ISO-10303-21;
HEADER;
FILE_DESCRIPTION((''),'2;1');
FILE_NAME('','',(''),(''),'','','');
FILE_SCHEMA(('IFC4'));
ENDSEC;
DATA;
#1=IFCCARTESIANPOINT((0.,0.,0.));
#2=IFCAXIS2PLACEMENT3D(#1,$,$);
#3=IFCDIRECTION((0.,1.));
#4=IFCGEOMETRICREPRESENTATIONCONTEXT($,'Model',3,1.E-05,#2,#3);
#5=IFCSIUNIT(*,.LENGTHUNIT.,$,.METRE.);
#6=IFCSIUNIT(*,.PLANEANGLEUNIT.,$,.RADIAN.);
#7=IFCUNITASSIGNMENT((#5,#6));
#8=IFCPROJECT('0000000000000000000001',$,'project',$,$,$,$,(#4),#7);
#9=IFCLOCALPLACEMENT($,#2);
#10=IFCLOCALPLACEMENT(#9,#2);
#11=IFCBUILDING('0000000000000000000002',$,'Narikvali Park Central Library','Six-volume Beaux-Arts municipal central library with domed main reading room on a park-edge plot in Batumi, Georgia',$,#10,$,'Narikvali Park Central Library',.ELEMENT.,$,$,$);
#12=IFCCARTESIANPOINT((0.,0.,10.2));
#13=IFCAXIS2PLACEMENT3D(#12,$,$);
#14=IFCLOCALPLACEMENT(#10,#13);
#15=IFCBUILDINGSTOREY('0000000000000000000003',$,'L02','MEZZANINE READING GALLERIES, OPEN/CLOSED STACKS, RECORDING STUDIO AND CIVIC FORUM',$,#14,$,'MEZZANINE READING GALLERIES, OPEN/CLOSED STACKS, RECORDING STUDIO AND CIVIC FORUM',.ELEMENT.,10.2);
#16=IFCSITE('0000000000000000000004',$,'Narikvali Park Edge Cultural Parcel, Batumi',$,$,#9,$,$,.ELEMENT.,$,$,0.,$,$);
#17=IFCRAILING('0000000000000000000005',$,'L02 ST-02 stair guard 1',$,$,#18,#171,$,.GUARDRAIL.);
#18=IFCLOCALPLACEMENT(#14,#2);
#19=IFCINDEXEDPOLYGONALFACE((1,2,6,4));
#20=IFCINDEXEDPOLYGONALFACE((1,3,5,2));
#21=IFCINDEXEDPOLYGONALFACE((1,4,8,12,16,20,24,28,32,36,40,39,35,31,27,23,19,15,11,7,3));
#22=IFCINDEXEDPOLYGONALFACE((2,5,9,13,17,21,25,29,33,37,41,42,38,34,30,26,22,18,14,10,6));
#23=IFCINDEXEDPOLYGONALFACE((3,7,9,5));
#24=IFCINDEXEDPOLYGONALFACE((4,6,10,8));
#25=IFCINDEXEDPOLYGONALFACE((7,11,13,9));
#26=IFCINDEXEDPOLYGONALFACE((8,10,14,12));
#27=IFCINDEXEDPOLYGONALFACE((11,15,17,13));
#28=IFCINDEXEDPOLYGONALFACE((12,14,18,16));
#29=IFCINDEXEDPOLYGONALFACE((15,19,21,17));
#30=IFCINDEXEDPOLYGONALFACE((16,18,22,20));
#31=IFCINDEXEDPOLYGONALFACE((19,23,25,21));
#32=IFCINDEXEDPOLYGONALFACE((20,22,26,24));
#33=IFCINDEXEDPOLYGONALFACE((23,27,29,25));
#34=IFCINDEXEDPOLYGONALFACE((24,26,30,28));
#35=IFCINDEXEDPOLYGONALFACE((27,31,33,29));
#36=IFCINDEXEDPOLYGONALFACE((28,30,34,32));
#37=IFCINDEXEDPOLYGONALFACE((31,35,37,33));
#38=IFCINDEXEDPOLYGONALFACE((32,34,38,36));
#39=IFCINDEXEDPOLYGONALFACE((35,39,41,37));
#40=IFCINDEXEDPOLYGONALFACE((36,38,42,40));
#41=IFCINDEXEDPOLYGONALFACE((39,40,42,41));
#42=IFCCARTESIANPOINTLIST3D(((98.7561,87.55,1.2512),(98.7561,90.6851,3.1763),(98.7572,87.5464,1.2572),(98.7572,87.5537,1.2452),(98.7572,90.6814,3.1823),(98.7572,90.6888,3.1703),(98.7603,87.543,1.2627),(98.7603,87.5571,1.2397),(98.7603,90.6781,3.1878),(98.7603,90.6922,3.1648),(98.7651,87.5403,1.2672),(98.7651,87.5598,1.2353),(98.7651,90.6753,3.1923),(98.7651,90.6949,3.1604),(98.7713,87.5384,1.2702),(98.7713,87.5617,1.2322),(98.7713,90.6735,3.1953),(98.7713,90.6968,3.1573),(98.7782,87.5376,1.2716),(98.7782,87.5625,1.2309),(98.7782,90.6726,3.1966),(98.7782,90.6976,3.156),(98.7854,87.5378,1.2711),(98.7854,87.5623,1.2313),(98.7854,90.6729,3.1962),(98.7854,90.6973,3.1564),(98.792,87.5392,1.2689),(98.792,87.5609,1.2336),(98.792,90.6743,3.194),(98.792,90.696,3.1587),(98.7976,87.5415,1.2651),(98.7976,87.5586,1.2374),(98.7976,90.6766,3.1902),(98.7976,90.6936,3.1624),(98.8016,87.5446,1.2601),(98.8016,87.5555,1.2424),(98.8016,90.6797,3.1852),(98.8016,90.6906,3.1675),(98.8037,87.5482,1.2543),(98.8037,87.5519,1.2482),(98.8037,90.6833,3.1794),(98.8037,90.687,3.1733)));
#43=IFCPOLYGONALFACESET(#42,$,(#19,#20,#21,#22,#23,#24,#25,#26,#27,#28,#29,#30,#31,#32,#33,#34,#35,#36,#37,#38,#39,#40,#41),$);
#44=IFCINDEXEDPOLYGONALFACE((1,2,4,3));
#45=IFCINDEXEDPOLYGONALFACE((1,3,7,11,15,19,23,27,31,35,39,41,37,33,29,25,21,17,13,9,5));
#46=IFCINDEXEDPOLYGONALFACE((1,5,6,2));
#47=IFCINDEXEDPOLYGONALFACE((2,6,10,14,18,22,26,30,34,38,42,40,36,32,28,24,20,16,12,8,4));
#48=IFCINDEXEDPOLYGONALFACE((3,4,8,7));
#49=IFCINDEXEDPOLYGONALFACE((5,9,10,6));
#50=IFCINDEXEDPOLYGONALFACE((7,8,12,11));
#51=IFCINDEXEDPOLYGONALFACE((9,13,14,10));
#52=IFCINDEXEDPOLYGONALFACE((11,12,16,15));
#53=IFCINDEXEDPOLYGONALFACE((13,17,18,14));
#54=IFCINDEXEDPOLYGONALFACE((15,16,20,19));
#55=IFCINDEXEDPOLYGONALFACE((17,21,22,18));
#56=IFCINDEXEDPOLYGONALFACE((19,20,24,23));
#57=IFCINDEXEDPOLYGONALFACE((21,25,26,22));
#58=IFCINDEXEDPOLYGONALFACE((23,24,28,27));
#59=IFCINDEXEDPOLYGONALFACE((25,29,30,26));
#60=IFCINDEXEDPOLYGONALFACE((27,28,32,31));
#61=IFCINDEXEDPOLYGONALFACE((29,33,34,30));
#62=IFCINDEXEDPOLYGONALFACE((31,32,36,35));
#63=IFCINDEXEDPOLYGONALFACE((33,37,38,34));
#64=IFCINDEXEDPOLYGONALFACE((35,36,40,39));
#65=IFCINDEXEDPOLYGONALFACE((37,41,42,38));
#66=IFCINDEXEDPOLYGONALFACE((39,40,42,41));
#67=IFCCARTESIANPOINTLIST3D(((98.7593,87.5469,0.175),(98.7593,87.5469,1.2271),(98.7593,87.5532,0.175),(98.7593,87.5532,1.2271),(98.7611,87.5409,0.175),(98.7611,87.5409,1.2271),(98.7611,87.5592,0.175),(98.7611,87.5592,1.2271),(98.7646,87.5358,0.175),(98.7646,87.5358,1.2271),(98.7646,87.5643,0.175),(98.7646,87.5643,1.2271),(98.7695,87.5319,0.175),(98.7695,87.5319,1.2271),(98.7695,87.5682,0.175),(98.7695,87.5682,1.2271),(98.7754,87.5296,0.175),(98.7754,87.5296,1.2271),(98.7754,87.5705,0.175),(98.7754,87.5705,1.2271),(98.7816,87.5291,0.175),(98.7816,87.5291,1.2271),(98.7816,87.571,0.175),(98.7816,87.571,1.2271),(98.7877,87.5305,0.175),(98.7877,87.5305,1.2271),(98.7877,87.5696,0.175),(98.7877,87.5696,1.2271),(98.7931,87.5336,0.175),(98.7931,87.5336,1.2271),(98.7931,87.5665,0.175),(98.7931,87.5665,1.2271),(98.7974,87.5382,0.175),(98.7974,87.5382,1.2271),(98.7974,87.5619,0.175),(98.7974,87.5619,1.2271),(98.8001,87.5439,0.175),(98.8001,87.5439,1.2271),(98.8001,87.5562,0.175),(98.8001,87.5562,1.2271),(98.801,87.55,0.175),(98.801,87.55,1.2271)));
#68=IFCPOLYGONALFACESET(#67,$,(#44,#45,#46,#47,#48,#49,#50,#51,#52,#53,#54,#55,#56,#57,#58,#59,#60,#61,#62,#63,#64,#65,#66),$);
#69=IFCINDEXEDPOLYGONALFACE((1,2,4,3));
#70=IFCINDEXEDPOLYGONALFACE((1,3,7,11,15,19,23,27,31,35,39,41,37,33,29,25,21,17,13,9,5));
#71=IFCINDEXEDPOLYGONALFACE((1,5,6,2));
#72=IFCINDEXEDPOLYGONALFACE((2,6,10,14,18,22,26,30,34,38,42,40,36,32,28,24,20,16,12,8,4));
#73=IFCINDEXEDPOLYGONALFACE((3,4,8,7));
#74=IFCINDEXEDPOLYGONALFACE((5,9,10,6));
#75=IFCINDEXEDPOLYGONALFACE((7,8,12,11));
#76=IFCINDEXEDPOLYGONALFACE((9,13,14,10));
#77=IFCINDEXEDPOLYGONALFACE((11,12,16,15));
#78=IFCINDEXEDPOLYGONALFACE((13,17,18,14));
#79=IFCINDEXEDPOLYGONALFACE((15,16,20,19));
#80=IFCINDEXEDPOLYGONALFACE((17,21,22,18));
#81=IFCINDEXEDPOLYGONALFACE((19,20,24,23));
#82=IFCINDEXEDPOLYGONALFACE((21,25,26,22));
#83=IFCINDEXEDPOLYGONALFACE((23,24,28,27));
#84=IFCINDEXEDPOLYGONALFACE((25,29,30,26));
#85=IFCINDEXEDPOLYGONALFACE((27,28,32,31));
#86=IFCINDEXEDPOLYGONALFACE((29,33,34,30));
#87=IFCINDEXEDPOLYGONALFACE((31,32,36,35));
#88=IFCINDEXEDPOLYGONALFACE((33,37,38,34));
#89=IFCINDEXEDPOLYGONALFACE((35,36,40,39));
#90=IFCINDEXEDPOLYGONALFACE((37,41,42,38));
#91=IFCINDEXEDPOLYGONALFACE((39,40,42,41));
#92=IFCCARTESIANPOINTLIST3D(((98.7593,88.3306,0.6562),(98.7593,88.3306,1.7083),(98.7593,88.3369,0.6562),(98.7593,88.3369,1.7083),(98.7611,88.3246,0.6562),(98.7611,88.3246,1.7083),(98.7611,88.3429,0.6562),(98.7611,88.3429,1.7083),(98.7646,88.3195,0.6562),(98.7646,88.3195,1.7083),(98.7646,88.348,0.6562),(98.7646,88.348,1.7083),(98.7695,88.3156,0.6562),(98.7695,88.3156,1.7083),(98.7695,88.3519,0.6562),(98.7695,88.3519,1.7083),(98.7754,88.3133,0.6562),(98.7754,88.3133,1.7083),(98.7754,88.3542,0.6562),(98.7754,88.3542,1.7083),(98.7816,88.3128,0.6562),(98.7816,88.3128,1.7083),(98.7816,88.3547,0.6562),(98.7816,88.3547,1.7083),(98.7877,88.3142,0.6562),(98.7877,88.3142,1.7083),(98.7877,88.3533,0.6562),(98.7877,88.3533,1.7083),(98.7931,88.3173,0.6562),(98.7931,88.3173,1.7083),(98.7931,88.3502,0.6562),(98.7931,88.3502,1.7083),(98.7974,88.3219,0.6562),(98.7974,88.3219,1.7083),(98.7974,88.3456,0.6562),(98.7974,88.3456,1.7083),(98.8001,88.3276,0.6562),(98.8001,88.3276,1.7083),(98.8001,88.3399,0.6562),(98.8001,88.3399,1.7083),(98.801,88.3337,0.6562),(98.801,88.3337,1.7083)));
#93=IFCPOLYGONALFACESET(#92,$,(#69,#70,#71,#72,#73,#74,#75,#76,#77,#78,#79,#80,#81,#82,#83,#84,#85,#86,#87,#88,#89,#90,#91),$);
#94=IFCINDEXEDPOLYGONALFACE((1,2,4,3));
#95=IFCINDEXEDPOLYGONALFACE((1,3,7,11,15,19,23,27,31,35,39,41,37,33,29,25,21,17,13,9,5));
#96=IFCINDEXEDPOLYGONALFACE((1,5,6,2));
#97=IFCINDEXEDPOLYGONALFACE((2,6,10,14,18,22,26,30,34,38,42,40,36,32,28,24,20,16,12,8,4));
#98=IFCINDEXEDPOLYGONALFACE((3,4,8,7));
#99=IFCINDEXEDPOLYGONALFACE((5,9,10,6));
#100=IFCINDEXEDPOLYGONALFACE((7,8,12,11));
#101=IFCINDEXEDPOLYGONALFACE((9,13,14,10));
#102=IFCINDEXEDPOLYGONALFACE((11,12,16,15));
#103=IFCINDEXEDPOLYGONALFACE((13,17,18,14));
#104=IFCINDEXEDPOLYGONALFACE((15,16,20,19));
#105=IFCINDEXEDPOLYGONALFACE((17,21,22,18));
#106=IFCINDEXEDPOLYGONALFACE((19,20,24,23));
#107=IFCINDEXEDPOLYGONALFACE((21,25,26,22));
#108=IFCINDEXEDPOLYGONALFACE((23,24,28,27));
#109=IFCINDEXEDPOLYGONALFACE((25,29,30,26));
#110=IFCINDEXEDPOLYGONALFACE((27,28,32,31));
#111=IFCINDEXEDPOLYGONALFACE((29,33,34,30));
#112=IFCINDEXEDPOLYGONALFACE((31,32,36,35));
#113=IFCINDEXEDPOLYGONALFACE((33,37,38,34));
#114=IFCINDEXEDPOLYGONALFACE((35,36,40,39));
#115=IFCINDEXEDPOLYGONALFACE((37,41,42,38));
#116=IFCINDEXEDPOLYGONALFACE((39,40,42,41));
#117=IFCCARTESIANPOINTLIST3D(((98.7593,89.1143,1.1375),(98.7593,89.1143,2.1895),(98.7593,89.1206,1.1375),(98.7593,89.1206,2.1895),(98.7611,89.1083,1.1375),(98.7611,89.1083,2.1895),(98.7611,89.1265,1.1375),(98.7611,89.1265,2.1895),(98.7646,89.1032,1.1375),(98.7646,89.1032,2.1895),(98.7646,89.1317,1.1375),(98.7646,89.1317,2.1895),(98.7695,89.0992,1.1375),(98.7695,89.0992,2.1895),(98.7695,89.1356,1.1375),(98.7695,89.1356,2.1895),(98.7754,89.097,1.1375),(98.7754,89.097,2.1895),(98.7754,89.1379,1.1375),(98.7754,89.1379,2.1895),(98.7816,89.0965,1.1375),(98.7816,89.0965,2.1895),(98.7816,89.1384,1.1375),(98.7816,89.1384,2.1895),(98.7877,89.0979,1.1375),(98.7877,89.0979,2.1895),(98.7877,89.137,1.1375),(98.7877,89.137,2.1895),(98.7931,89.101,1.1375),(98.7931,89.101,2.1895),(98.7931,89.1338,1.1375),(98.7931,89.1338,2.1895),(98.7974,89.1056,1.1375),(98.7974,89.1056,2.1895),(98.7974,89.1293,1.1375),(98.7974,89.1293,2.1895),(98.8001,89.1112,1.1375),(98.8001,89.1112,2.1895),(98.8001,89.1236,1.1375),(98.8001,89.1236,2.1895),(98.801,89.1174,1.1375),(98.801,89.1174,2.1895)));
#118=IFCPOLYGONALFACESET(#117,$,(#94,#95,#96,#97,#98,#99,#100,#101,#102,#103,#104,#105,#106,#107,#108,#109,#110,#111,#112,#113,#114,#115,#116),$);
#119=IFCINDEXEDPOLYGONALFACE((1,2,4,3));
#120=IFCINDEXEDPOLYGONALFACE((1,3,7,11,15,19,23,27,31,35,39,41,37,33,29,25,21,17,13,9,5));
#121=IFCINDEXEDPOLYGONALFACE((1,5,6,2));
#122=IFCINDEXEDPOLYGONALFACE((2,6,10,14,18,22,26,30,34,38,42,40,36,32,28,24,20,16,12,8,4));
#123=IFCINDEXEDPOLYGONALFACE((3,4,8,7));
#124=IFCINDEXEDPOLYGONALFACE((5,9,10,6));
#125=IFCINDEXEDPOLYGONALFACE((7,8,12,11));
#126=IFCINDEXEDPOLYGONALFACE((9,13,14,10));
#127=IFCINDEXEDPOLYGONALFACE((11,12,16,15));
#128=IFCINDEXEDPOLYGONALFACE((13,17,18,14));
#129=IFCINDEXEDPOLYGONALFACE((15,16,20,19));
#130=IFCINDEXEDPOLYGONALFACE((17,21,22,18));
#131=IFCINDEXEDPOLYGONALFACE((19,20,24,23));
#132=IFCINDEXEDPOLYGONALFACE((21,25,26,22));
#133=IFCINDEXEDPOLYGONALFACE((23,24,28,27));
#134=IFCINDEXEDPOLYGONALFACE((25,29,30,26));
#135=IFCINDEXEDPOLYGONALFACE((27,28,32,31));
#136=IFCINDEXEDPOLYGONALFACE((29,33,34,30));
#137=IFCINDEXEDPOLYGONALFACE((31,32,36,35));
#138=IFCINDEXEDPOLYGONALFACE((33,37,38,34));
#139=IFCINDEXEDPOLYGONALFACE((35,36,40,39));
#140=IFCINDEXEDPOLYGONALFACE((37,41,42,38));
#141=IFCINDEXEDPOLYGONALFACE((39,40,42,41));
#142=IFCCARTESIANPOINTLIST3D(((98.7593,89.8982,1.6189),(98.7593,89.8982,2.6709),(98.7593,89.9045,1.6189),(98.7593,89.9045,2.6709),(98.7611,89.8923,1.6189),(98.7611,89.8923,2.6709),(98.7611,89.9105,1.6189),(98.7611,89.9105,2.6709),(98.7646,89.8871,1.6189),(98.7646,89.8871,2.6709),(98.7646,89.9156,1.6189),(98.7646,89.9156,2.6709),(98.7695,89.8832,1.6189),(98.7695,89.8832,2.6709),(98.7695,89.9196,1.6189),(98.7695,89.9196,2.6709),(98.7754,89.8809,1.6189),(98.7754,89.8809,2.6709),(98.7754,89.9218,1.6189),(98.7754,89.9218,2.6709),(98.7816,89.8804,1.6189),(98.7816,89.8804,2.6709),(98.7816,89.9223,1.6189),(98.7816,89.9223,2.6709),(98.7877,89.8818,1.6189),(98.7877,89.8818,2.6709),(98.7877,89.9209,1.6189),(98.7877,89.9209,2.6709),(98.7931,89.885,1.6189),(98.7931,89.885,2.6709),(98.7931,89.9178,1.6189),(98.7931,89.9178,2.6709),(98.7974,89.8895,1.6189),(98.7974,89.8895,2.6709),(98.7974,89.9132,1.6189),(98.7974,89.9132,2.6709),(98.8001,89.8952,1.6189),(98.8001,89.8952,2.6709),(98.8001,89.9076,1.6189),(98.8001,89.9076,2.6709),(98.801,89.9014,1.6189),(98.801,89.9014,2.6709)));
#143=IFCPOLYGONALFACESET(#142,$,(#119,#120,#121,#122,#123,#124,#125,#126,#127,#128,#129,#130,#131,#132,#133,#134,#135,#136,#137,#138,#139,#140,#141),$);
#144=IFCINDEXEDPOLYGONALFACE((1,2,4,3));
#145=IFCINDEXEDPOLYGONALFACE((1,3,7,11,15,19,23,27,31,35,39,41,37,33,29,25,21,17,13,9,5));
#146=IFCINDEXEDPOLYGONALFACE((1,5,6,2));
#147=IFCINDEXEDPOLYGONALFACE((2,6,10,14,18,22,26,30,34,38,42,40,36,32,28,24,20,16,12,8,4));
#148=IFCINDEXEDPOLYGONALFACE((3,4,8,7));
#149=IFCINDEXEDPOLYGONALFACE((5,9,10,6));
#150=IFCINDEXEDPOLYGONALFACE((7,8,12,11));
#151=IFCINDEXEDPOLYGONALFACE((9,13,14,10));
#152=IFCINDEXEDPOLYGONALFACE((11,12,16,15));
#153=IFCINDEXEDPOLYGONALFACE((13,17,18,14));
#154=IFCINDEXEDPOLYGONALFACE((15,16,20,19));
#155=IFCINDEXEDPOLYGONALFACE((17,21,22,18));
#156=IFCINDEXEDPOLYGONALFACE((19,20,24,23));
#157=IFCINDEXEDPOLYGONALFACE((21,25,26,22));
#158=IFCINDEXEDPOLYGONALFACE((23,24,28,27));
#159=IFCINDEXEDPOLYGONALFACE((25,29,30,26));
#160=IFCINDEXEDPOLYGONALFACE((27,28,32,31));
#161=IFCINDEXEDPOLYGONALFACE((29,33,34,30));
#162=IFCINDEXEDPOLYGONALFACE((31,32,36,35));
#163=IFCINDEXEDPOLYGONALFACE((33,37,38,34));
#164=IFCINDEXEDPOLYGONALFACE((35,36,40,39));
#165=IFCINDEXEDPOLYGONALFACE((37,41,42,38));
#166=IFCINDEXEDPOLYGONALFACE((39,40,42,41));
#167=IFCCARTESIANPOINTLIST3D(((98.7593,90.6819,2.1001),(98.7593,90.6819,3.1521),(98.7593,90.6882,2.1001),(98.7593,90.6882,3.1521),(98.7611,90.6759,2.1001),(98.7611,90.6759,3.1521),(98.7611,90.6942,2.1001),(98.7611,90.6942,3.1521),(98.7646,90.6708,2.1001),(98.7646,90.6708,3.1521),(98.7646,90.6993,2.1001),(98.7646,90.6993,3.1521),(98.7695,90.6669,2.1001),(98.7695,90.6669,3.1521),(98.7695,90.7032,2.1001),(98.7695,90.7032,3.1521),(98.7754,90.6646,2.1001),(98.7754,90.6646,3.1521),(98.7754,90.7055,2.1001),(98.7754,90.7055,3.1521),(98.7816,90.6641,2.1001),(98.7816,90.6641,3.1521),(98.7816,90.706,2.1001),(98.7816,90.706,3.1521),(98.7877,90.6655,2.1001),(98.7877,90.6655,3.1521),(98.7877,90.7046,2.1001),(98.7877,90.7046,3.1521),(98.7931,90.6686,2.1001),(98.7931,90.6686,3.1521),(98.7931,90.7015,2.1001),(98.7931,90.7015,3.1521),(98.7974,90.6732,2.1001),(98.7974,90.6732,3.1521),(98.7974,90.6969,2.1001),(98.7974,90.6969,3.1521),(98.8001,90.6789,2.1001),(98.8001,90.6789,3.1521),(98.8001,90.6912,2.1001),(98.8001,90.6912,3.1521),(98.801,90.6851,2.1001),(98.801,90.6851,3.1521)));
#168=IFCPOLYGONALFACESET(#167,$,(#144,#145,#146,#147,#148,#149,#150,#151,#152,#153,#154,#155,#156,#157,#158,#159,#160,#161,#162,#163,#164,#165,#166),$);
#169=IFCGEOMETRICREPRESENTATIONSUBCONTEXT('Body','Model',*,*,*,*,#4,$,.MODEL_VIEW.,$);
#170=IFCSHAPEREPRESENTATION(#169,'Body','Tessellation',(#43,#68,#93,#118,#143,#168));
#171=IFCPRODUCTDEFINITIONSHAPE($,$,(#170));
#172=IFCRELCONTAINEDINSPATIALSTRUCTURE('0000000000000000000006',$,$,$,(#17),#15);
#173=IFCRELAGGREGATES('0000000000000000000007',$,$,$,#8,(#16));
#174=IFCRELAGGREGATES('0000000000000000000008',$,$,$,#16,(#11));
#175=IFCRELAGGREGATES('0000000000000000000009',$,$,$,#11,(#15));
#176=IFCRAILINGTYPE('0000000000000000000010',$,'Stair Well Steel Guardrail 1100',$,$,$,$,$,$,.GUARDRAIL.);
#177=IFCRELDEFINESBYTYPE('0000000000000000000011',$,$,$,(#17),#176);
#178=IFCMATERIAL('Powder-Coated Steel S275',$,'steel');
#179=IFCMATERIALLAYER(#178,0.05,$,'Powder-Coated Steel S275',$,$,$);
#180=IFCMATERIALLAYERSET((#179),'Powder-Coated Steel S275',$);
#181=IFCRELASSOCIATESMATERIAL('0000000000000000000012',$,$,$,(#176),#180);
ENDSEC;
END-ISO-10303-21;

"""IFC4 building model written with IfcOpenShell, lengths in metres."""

from ifc_helpers import new_model, si_unit, direction, frame, origin, origin_2d, place, context, subcontext, project, spatial, circle, extrude, material, layer, layer_set, type_object, element, save


model = new_model("IFC4")

# Units and contexts
model_context = context("Model", 3, precision=1e-05, world=origin(), true_north=direction((0.0, 1.0)))
body_context = subcontext(model_context, "Body", "Model", "MODEL_VIEW")
ifc_project = project(units=[si_unit("LENGTHUNIT", "METRE"), si_unit("PLANEANGLEUNIT", "RADIAN")], contexts=[model_context])

# Site, building, storey
site_placement = place(None, origin())
site = spatial("IfcSite", under=ifc_project, at=site_placement, Name="Narikvali Park Edge Cultural Parcel, Batumi", CompositionType="ELEMENT", RefElevation=0.0)
building_placement = place(site_placement, origin())
building = spatial("IfcBuilding", under=site, at=building_placement, Name="Narikvali Park Central Library", Description="Six-volume Beaux-Arts municipal central library with domed main reading room on a park-edge plot in Batumi, Georgia", LongName="Narikvali Park Central Library", CompositionType="ELEMENT")
storey_placement = place(building_placement, frame((0.0, 0.0, 10.2)))
storey = spatial("IfcBuildingStorey", under=building, at=storey_placement, Name="L02", Description="MEZZANINE READING GALLERIES, OPEN/CLOSED STACKS, RECORDING STUDIO AND CIVIC FORUM", LongName="MEZZANINE READING GALLERIES, OPEN/CLOSED STACKS, RECORDING STUDIO AND CIVIC FORUM", CompositionType="ELEMENT", Elevation=10.2)

# Railing
ifc_material_1 = material(Name="Powder-Coated Steel S275", Category="steel")
ifc_layer_1 = layer(ifc_material_1, 0.05, Name="Powder-Coated Steel S275")
ifc_layer_set_1 = layer_set([ifc_layer_1], Name="Powder-Coated Steel S275")
railing_type_1 = type_object("IfcRailingType", Name="Stair Well Steel Guardrail 1100", PredefinedType="GUARDRAIL", material=ifc_layer_set_1)
railing_1_placement = place(storey_placement, frame((98.78, 87.55, 0.175)))
element("IfcRailing", 1, at=railing_1_placement, inside=storey, type_object=railing_type_1, Name="L02 ST-02 stair guard 1", PredefinedType="GUARDRAIL", context=body_context, shape_type="SweptSolid", body=[
    extrude(circle(Radius=0.0239, at=origin_2d()), frame((0.0, 0.0, 1.0762), z_axis=(0.0, 0.852166, 0.523271), x_axis=(-1.0, 0.0, 0.0)), (0.0, 0.0, 1.0), 3.679),
    extrude(circle(Radius=0.021, at=origin_2d()), origin(), (0.0, 0.0, 1.0), 1.052),
    extrude(circle(Radius=0.021, at=origin_2d()), frame((0.0, 0.7837, 0.4812)), (0.0, 0.0, 1.0), 1.052),
    extrude(circle(Radius=0.021, at=origin_2d()), frame((0.0, 1.5674, 0.9624)), (0.0, 0.0, 1.0), 1.052),
    extrude(circle(Radius=0.021, at=origin_2d()), frame((0.0, 2.3513, 1.4438)), (0.0, 0.0, 1.0), 1.052),
    extrude(circle(Radius=0.021, at=origin_2d()), frame((0.0, 3.135, 1.925)), (0.0, 0.0, 1.0), 1.052),
])

save(model, "model.ifc")
